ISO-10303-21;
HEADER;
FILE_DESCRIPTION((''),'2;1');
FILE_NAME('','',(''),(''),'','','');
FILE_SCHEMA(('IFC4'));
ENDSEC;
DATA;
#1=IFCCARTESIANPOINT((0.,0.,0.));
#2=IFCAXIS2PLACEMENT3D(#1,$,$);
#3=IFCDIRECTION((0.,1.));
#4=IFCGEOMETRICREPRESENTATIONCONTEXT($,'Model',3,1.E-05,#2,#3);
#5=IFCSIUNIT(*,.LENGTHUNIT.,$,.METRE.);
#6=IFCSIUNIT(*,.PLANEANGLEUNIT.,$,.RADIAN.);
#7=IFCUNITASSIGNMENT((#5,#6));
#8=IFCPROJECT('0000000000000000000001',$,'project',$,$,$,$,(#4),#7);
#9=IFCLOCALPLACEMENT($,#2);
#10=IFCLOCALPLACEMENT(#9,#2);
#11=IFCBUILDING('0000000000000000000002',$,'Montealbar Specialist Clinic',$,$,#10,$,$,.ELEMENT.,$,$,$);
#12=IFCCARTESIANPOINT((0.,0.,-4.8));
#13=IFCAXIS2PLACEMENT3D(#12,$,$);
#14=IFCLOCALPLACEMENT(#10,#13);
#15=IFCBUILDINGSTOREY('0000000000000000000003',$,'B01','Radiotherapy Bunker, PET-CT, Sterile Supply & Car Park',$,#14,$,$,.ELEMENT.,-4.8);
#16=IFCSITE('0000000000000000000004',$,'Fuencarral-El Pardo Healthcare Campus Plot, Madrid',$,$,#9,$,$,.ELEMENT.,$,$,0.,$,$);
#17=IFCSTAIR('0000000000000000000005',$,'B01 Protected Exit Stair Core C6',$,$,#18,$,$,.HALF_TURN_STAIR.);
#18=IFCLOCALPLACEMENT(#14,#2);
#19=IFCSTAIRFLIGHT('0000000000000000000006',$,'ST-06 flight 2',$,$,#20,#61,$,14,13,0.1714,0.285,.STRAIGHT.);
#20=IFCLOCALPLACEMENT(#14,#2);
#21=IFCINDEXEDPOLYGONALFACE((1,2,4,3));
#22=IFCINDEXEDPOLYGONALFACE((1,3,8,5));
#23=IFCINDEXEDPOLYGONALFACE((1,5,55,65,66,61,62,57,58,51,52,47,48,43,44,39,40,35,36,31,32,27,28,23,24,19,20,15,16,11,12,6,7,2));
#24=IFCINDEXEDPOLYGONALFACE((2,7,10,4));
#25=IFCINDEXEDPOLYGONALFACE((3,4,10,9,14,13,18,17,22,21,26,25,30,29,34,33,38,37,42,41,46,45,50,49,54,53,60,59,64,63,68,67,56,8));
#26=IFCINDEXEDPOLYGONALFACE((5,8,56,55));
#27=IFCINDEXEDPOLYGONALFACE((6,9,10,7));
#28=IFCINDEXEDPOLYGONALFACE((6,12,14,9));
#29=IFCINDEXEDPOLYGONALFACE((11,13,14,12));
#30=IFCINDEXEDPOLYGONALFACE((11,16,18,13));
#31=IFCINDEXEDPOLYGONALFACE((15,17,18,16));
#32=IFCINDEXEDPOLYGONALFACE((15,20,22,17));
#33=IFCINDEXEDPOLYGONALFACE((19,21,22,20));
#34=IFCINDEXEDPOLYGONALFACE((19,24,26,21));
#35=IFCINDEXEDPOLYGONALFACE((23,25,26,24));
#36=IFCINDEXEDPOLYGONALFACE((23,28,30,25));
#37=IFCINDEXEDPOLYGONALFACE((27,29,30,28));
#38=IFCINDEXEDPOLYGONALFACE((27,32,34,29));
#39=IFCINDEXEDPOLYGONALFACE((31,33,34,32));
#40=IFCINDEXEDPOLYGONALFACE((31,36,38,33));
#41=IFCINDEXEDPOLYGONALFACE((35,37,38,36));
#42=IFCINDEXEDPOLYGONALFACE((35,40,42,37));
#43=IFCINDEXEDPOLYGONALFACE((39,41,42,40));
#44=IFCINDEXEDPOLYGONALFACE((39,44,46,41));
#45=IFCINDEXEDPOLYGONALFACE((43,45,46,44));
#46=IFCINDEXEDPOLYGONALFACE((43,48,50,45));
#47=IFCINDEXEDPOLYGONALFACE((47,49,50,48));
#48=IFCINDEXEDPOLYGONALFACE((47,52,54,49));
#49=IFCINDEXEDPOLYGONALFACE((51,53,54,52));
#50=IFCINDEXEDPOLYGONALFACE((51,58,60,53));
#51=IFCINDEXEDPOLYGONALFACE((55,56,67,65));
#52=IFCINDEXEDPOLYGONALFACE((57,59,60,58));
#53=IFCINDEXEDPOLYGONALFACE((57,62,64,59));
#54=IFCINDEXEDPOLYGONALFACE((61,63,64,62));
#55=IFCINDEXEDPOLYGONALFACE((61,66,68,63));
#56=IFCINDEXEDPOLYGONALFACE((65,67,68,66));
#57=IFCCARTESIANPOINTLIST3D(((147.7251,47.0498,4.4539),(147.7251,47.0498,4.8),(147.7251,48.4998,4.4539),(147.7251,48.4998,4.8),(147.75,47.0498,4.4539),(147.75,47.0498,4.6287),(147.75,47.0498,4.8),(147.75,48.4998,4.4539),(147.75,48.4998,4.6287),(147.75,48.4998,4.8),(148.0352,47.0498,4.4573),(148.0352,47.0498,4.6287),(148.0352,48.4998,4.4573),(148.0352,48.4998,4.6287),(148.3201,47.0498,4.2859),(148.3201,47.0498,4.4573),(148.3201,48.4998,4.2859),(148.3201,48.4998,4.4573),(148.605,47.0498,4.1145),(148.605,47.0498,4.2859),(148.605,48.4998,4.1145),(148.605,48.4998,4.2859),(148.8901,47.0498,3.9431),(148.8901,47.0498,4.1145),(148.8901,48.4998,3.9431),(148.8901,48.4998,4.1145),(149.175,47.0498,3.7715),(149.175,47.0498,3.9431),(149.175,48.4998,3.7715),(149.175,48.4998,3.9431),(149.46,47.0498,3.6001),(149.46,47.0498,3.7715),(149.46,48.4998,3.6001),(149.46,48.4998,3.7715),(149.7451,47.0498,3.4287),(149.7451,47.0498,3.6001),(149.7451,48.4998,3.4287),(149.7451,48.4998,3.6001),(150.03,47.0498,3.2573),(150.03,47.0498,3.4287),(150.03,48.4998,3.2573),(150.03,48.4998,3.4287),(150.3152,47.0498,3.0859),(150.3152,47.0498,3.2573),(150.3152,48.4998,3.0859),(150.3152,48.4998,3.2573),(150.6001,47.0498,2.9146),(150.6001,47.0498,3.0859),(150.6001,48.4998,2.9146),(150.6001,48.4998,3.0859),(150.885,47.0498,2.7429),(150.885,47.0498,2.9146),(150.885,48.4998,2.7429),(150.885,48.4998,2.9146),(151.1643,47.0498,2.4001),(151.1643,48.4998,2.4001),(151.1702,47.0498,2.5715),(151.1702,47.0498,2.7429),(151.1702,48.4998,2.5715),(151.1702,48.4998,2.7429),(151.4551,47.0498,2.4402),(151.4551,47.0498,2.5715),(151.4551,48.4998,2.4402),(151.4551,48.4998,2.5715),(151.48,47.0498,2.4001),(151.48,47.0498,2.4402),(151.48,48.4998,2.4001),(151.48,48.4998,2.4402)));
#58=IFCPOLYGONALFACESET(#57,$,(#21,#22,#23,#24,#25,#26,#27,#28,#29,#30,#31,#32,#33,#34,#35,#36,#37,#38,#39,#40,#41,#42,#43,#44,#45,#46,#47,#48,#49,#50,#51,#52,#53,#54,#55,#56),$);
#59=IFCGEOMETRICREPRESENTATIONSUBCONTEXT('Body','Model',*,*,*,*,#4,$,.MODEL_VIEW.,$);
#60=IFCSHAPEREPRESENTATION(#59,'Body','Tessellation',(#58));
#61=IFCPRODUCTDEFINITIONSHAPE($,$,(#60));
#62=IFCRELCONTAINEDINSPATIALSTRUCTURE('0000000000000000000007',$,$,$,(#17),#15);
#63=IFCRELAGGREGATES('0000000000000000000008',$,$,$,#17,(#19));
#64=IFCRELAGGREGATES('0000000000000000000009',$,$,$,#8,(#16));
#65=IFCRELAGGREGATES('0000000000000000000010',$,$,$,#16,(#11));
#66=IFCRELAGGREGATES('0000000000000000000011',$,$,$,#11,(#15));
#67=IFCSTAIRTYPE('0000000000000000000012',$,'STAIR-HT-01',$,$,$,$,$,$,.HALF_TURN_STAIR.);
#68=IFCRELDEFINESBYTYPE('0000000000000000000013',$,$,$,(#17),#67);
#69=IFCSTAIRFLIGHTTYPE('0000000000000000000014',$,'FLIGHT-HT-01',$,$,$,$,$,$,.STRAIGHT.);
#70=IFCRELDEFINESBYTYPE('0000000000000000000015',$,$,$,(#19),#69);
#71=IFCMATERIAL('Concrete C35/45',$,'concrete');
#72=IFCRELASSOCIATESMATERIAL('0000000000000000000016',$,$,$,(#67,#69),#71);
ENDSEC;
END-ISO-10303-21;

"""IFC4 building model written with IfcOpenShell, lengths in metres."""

from ifc_helpers import new_model, si_unit, direction, frame, origin, place, context, subcontext, project, spatial, polyline, outline, extrude, material, type_object, element, aggregate, save


model = new_model("IFC4")

# Units and contexts
model_context = context("Model", 3, precision=1e-05, world=origin(), true_north=direction((0.0, 1.0)))
body_context = subcontext(model_context, "Body", "Model", "MODEL_VIEW")
ifc_project = project(units=[si_unit("LENGTHUNIT", "METRE"), si_unit("PLANEANGLEUNIT", "RADIAN")], contexts=[model_context])

# Site, building, storey
site_placement = place(None, origin())
site = spatial("IfcSite", under=ifc_project, at=site_placement, Name="Fuencarral-El Pardo Healthcare Campus Plot, Madrid", CompositionType="ELEMENT", RefElevation=0.0)
building_placement = place(site_placement, origin())
building = spatial("IfcBuilding", under=site, at=building_placement, Name="Montealbar Specialist Clinic", CompositionType="ELEMENT")
storey_placement = place(building_placement, frame((0.0, 0.0, -4.8)))
storey = spatial("IfcBuildingStorey", under=building, at=storey_placement, Name="B01", Description="Radiotherapy Bunker, PET-CT, Sterile Supply & Car Park", CompositionType="ELEMENT", Elevation=-4.8)

# Shared definitions
ifc_material_1 = material(Name="Concrete C35/45", Category="concrete")

# Stair, stair flight
stair_type = type_object("IfcStairType", Name="STAIR-HT-01", PredefinedType="HALF_TURN_STAIR", material=ifc_material_1)
stair_placement = place(storey_placement, origin())
stair = element("IfcStair", 1, at=stair_placement, inside=storey, type_object=stair_type, Name="B01 Protected Exit Stair Core C6", PredefinedType="HALF_TURN_STAIR")
stair_flight_type = type_object("IfcStairFlightType", Name="FLIGHT-HT-01", PredefinedType="STRAIGHT", material=ifc_material_1)
stair_flight_1_placement = place(storey_placement, frame((151.4551, 47.7749, 2.4001), z_axis=(0.0, 0.0, 1.0), x_axis=(-1.0, 0.0, 0.0)))
stair_flight_1 = element("IfcStairFlight", 2, at=stair_flight_1_placement, type_object=stair_flight_type, Name="ST-06 flight 2", NumberOfRisers=14, NumberOfTreads=13, PredefinedType="STRAIGHT", RiserHeight=0.1714, TreadLength=0.285, context=body_context, shape_type="SweptSolid", body=[
    extrude(outline(polyline([(-0.0249, 0.0), (-0.0249, 0.04), (0.0, 0.04), (0.0, 0.1714), (0.2849, 0.1714), (0.2849, 0.3428), (0.5701, 0.3428), (0.5701, 0.5144), (0.855, 0.5144), (0.855, 0.6858), (1.1399, 0.6858), (1.1399, 0.8572), (1.425, 0.8572), (1.425, 1.0286), (1.71, 1.0286), (1.71, 1.2), (1.9951, 1.2), (1.9951, 1.3713), (2.28, 1.3713), (2.28, 1.543), (2.5649, 1.543), (2.5649, 1.7144), (2.8501, 1.7144), (2.8501, 1.8857), (3.135, 1.8857), (3.135, 2.0571), (3.4199, 2.0571), (3.4199, 2.2285), (3.7051, 2.2285), (3.7051, 2.3999), (3.73, 2.3999), (3.73, 2.0537), (3.7051, 2.0537), (0.2908, 0.0), (-0.0249, 0.0)])), frame((0.0, 0.7251, 0.0), z_axis=(0.0, -1.0, 0.0), x_axis=(1.0, 0.0, 0.0)), (0.0, 0.0, 1.0), 1.45),
])
aggregate(stair, [stair_flight_1])

save(model, "model.ifc")
